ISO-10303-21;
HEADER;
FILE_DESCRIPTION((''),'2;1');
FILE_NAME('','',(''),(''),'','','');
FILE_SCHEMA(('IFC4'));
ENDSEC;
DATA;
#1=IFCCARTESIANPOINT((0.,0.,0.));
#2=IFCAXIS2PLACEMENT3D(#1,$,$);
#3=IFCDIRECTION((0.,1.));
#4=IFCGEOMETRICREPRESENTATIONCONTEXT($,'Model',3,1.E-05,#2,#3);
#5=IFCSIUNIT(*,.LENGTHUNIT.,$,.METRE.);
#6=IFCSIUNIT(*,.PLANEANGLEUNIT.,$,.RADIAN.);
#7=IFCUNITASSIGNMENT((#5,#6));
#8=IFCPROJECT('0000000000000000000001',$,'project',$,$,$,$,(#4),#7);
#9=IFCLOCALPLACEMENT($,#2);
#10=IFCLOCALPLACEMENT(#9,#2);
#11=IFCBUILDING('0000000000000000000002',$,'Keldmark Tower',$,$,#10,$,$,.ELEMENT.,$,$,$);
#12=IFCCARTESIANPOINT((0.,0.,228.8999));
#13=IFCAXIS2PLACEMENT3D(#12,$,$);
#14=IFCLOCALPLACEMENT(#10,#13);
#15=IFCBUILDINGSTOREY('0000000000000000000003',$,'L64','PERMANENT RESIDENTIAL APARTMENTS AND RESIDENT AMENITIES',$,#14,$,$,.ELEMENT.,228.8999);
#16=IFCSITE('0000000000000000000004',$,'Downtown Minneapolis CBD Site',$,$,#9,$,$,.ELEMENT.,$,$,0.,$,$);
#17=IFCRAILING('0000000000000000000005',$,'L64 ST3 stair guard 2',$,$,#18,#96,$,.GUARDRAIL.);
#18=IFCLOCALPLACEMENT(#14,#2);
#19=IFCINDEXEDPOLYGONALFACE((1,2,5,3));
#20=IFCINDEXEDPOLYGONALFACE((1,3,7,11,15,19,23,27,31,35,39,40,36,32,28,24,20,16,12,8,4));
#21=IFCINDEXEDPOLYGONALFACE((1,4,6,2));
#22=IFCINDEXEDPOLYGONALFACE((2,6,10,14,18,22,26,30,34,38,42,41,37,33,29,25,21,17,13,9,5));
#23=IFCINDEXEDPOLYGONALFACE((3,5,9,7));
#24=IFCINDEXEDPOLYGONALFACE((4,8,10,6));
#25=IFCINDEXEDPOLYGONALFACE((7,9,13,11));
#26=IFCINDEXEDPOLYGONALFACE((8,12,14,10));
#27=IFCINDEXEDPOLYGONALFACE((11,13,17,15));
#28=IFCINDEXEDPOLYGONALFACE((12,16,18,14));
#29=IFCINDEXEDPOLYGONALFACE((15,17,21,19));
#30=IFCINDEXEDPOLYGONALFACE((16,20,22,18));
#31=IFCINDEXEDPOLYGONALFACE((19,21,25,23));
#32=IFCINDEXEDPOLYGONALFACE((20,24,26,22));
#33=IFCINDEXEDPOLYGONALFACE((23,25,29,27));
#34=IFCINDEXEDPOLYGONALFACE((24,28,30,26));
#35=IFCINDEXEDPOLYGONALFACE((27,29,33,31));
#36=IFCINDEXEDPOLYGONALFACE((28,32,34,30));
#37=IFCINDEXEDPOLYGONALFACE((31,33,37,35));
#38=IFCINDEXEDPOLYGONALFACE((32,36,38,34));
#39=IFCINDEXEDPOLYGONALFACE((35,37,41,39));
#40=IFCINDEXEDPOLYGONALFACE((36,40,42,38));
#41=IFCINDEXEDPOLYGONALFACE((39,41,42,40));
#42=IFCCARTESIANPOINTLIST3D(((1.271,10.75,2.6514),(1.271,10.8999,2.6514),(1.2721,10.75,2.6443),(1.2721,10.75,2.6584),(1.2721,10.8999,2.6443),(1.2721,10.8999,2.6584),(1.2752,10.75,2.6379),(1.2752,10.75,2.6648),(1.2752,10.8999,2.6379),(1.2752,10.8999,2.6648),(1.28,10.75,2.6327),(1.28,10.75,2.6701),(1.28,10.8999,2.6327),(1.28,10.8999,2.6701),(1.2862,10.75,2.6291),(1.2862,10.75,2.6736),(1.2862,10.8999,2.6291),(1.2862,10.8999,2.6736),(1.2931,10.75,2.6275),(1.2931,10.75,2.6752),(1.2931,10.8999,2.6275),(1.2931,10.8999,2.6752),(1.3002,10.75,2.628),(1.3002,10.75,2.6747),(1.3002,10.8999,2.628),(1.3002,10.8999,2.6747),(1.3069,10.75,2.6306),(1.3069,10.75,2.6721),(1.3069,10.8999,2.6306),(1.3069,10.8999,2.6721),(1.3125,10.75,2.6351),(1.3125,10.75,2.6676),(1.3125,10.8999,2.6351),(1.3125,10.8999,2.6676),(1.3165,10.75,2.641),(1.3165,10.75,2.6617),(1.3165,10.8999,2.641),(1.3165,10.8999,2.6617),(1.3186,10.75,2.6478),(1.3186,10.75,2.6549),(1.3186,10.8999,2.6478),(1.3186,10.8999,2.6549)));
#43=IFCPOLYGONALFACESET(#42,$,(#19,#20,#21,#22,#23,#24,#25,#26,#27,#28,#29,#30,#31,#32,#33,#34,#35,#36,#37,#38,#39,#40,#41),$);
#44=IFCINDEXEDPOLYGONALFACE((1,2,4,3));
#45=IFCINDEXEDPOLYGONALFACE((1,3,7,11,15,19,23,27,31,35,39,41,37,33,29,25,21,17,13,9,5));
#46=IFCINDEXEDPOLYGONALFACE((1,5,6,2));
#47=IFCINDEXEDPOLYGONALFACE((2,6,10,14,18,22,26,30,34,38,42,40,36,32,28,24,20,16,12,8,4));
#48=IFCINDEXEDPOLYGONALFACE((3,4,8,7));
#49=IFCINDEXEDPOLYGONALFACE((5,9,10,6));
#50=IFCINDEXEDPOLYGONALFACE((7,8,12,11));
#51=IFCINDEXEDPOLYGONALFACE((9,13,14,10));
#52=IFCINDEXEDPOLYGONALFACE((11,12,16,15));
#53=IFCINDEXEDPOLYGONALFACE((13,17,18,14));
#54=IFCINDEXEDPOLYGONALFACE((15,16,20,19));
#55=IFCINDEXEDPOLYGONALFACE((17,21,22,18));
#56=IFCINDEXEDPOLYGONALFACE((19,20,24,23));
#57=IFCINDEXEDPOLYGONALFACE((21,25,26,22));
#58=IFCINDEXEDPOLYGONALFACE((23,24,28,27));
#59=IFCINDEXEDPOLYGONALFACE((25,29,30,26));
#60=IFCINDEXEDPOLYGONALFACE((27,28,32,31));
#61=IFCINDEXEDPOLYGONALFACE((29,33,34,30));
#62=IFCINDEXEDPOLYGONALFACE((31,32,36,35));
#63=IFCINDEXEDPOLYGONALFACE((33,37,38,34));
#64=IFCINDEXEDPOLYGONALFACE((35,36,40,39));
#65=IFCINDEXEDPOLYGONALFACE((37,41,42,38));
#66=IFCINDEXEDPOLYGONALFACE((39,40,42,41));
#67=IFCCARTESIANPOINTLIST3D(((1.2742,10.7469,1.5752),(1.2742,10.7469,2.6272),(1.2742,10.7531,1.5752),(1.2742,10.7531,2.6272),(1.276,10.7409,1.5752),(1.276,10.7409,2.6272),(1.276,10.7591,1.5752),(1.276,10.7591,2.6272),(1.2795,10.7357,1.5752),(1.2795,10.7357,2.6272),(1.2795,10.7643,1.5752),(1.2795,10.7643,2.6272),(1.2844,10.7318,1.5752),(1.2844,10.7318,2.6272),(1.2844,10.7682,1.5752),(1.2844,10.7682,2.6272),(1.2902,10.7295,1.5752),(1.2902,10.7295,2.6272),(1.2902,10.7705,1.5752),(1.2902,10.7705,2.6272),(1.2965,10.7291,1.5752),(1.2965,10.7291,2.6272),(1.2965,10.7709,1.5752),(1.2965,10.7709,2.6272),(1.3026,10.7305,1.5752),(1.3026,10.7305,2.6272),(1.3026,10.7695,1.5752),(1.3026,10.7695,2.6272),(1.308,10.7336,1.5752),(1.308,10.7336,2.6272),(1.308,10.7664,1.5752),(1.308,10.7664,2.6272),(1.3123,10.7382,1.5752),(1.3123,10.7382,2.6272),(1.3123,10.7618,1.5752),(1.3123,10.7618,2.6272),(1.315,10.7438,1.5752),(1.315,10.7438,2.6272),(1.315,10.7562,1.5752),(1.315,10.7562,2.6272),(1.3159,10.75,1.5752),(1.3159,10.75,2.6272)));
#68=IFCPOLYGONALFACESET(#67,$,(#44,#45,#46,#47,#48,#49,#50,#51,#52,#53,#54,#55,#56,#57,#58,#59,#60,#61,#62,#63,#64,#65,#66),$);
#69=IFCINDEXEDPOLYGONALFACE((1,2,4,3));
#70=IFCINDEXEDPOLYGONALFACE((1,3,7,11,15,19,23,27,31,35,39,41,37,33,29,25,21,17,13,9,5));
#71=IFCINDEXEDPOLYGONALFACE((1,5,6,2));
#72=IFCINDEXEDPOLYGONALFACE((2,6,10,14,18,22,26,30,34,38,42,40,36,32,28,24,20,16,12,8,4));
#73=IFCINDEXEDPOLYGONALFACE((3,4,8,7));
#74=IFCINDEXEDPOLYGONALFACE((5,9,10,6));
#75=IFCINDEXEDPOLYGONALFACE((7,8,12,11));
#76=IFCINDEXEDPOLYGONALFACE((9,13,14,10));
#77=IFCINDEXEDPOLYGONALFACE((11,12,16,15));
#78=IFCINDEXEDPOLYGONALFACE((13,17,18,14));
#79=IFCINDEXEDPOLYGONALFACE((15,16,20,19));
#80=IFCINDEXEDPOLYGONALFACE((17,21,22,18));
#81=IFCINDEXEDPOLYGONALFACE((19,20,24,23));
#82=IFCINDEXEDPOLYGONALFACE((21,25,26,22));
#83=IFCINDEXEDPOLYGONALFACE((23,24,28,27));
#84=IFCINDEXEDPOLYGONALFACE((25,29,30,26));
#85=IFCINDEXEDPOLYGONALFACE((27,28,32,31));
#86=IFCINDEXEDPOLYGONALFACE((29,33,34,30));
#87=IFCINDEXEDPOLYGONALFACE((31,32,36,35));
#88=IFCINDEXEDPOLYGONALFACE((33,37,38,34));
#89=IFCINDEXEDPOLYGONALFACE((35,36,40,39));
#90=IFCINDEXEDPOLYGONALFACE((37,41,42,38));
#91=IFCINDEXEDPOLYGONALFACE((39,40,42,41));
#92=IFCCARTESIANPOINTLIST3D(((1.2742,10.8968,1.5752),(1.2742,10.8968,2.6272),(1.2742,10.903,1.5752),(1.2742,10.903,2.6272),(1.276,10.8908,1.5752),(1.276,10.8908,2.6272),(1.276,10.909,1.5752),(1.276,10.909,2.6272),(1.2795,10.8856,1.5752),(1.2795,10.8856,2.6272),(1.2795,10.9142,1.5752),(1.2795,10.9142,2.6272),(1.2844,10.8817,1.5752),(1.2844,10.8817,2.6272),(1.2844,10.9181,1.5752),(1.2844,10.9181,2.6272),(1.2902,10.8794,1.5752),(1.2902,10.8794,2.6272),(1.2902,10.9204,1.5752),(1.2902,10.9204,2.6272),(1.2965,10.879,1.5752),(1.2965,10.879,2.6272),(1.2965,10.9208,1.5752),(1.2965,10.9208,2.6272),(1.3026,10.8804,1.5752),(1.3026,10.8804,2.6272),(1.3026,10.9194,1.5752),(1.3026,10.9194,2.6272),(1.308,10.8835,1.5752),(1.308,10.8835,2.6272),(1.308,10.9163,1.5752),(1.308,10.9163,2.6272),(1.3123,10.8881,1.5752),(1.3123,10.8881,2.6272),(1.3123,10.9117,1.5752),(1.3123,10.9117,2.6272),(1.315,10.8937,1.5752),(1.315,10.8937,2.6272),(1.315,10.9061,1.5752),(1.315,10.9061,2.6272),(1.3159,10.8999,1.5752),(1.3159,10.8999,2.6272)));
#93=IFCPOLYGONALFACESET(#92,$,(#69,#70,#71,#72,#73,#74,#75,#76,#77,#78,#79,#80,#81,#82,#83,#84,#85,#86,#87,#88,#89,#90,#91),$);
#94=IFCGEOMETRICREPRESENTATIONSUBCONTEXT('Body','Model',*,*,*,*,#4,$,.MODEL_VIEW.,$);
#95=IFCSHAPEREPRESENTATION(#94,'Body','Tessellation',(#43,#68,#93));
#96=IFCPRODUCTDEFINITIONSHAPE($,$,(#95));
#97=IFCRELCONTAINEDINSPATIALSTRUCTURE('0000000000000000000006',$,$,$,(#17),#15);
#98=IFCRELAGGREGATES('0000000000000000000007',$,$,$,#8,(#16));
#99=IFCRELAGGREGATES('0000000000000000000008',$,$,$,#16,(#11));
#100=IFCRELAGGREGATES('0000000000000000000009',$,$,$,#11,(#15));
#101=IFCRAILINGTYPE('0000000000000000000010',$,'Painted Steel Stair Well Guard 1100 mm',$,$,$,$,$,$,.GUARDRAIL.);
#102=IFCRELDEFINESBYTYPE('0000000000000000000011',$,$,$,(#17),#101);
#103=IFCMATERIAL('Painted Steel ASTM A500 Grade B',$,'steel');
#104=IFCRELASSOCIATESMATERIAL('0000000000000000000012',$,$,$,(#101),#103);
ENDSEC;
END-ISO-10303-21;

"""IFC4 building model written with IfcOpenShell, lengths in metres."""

from ifc_helpers import new_model, si_unit, direction, frame, origin, origin_2d, place, context, subcontext, project, spatial, circle, extrude, material, type_object, element, save


model = new_model("IFC4")

# Units and contexts
model_context = context("Model", 3, precision=1e-05, world=origin(), true_north=direction((0.0, 1.0)))
body_context = subcontext(model_context, "Body", "Model", "MODEL_VIEW")
ifc_project = project(units=[si_unit("LENGTHUNIT", "METRE"), si_unit("PLANEANGLEUNIT", "RADIAN")], contexts=[model_context])

# Site, building, storey
site_placement = place(None, origin())
site = spatial("IfcSite", under=ifc_project, at=site_placement, Name="Downtown Minneapolis CBD Site", CompositionType="ELEMENT", RefElevation=0.0)
building_placement = place(site_placement, origin())
building = spatial("IfcBuilding", under=site, at=building_placement, Name="Keldmark Tower", CompositionType="ELEMENT")
storey_placement = place(building_placement, frame((0.0, 0.0, 228.8999)))
storey = spatial("IfcBuildingStorey", under=building, at=storey_placement, Name="L64", Description="PERMANENT RESIDENTIAL APARTMENTS AND RESIDENT AMENITIES", CompositionType="ELEMENT", Elevation=228.8999)

# Railing
ifc_material_1 = material(Name="Painted Steel ASTM A500 Grade B", Category="steel")
railing_type_1 = type_object("IfcRailingType", Name="Painted Steel Stair Well Guard 1100 mm", PredefinedType="GUARDRAIL", material=ifc_material_1)
railing_1_placement = place(storey_placement, frame((1.2949, 10.75, 1.5752)))
element("IfcRailing", 1, at=railing_1_placement, inside=storey, type_object=railing_type_1, Name="L64 ST3 stair guard 2", PredefinedType="GUARDRAIL", context=body_context, shape_type="SweptSolid", body=[
    extrude(circle(Radius=0.0239, at=origin_2d()), frame((0.0, 0.0, 1.0762), z_axis=(0.0, 1.0, 0.0), x_axis=(-1.0, 0.0, 0.0)), (0.0, 0.0, 1.0), 0.1499),
    extrude(circle(Radius=0.021, at=origin_2d()), origin(), (0.0, 0.0, 1.0), 1.052),
    extrude(circle(Radius=0.021, at=origin_2d()), frame((0.0, 0.1499, 0.0)), (0.0, 0.0, 1.0), 1.052),
])

save(model, "model.ifc")
